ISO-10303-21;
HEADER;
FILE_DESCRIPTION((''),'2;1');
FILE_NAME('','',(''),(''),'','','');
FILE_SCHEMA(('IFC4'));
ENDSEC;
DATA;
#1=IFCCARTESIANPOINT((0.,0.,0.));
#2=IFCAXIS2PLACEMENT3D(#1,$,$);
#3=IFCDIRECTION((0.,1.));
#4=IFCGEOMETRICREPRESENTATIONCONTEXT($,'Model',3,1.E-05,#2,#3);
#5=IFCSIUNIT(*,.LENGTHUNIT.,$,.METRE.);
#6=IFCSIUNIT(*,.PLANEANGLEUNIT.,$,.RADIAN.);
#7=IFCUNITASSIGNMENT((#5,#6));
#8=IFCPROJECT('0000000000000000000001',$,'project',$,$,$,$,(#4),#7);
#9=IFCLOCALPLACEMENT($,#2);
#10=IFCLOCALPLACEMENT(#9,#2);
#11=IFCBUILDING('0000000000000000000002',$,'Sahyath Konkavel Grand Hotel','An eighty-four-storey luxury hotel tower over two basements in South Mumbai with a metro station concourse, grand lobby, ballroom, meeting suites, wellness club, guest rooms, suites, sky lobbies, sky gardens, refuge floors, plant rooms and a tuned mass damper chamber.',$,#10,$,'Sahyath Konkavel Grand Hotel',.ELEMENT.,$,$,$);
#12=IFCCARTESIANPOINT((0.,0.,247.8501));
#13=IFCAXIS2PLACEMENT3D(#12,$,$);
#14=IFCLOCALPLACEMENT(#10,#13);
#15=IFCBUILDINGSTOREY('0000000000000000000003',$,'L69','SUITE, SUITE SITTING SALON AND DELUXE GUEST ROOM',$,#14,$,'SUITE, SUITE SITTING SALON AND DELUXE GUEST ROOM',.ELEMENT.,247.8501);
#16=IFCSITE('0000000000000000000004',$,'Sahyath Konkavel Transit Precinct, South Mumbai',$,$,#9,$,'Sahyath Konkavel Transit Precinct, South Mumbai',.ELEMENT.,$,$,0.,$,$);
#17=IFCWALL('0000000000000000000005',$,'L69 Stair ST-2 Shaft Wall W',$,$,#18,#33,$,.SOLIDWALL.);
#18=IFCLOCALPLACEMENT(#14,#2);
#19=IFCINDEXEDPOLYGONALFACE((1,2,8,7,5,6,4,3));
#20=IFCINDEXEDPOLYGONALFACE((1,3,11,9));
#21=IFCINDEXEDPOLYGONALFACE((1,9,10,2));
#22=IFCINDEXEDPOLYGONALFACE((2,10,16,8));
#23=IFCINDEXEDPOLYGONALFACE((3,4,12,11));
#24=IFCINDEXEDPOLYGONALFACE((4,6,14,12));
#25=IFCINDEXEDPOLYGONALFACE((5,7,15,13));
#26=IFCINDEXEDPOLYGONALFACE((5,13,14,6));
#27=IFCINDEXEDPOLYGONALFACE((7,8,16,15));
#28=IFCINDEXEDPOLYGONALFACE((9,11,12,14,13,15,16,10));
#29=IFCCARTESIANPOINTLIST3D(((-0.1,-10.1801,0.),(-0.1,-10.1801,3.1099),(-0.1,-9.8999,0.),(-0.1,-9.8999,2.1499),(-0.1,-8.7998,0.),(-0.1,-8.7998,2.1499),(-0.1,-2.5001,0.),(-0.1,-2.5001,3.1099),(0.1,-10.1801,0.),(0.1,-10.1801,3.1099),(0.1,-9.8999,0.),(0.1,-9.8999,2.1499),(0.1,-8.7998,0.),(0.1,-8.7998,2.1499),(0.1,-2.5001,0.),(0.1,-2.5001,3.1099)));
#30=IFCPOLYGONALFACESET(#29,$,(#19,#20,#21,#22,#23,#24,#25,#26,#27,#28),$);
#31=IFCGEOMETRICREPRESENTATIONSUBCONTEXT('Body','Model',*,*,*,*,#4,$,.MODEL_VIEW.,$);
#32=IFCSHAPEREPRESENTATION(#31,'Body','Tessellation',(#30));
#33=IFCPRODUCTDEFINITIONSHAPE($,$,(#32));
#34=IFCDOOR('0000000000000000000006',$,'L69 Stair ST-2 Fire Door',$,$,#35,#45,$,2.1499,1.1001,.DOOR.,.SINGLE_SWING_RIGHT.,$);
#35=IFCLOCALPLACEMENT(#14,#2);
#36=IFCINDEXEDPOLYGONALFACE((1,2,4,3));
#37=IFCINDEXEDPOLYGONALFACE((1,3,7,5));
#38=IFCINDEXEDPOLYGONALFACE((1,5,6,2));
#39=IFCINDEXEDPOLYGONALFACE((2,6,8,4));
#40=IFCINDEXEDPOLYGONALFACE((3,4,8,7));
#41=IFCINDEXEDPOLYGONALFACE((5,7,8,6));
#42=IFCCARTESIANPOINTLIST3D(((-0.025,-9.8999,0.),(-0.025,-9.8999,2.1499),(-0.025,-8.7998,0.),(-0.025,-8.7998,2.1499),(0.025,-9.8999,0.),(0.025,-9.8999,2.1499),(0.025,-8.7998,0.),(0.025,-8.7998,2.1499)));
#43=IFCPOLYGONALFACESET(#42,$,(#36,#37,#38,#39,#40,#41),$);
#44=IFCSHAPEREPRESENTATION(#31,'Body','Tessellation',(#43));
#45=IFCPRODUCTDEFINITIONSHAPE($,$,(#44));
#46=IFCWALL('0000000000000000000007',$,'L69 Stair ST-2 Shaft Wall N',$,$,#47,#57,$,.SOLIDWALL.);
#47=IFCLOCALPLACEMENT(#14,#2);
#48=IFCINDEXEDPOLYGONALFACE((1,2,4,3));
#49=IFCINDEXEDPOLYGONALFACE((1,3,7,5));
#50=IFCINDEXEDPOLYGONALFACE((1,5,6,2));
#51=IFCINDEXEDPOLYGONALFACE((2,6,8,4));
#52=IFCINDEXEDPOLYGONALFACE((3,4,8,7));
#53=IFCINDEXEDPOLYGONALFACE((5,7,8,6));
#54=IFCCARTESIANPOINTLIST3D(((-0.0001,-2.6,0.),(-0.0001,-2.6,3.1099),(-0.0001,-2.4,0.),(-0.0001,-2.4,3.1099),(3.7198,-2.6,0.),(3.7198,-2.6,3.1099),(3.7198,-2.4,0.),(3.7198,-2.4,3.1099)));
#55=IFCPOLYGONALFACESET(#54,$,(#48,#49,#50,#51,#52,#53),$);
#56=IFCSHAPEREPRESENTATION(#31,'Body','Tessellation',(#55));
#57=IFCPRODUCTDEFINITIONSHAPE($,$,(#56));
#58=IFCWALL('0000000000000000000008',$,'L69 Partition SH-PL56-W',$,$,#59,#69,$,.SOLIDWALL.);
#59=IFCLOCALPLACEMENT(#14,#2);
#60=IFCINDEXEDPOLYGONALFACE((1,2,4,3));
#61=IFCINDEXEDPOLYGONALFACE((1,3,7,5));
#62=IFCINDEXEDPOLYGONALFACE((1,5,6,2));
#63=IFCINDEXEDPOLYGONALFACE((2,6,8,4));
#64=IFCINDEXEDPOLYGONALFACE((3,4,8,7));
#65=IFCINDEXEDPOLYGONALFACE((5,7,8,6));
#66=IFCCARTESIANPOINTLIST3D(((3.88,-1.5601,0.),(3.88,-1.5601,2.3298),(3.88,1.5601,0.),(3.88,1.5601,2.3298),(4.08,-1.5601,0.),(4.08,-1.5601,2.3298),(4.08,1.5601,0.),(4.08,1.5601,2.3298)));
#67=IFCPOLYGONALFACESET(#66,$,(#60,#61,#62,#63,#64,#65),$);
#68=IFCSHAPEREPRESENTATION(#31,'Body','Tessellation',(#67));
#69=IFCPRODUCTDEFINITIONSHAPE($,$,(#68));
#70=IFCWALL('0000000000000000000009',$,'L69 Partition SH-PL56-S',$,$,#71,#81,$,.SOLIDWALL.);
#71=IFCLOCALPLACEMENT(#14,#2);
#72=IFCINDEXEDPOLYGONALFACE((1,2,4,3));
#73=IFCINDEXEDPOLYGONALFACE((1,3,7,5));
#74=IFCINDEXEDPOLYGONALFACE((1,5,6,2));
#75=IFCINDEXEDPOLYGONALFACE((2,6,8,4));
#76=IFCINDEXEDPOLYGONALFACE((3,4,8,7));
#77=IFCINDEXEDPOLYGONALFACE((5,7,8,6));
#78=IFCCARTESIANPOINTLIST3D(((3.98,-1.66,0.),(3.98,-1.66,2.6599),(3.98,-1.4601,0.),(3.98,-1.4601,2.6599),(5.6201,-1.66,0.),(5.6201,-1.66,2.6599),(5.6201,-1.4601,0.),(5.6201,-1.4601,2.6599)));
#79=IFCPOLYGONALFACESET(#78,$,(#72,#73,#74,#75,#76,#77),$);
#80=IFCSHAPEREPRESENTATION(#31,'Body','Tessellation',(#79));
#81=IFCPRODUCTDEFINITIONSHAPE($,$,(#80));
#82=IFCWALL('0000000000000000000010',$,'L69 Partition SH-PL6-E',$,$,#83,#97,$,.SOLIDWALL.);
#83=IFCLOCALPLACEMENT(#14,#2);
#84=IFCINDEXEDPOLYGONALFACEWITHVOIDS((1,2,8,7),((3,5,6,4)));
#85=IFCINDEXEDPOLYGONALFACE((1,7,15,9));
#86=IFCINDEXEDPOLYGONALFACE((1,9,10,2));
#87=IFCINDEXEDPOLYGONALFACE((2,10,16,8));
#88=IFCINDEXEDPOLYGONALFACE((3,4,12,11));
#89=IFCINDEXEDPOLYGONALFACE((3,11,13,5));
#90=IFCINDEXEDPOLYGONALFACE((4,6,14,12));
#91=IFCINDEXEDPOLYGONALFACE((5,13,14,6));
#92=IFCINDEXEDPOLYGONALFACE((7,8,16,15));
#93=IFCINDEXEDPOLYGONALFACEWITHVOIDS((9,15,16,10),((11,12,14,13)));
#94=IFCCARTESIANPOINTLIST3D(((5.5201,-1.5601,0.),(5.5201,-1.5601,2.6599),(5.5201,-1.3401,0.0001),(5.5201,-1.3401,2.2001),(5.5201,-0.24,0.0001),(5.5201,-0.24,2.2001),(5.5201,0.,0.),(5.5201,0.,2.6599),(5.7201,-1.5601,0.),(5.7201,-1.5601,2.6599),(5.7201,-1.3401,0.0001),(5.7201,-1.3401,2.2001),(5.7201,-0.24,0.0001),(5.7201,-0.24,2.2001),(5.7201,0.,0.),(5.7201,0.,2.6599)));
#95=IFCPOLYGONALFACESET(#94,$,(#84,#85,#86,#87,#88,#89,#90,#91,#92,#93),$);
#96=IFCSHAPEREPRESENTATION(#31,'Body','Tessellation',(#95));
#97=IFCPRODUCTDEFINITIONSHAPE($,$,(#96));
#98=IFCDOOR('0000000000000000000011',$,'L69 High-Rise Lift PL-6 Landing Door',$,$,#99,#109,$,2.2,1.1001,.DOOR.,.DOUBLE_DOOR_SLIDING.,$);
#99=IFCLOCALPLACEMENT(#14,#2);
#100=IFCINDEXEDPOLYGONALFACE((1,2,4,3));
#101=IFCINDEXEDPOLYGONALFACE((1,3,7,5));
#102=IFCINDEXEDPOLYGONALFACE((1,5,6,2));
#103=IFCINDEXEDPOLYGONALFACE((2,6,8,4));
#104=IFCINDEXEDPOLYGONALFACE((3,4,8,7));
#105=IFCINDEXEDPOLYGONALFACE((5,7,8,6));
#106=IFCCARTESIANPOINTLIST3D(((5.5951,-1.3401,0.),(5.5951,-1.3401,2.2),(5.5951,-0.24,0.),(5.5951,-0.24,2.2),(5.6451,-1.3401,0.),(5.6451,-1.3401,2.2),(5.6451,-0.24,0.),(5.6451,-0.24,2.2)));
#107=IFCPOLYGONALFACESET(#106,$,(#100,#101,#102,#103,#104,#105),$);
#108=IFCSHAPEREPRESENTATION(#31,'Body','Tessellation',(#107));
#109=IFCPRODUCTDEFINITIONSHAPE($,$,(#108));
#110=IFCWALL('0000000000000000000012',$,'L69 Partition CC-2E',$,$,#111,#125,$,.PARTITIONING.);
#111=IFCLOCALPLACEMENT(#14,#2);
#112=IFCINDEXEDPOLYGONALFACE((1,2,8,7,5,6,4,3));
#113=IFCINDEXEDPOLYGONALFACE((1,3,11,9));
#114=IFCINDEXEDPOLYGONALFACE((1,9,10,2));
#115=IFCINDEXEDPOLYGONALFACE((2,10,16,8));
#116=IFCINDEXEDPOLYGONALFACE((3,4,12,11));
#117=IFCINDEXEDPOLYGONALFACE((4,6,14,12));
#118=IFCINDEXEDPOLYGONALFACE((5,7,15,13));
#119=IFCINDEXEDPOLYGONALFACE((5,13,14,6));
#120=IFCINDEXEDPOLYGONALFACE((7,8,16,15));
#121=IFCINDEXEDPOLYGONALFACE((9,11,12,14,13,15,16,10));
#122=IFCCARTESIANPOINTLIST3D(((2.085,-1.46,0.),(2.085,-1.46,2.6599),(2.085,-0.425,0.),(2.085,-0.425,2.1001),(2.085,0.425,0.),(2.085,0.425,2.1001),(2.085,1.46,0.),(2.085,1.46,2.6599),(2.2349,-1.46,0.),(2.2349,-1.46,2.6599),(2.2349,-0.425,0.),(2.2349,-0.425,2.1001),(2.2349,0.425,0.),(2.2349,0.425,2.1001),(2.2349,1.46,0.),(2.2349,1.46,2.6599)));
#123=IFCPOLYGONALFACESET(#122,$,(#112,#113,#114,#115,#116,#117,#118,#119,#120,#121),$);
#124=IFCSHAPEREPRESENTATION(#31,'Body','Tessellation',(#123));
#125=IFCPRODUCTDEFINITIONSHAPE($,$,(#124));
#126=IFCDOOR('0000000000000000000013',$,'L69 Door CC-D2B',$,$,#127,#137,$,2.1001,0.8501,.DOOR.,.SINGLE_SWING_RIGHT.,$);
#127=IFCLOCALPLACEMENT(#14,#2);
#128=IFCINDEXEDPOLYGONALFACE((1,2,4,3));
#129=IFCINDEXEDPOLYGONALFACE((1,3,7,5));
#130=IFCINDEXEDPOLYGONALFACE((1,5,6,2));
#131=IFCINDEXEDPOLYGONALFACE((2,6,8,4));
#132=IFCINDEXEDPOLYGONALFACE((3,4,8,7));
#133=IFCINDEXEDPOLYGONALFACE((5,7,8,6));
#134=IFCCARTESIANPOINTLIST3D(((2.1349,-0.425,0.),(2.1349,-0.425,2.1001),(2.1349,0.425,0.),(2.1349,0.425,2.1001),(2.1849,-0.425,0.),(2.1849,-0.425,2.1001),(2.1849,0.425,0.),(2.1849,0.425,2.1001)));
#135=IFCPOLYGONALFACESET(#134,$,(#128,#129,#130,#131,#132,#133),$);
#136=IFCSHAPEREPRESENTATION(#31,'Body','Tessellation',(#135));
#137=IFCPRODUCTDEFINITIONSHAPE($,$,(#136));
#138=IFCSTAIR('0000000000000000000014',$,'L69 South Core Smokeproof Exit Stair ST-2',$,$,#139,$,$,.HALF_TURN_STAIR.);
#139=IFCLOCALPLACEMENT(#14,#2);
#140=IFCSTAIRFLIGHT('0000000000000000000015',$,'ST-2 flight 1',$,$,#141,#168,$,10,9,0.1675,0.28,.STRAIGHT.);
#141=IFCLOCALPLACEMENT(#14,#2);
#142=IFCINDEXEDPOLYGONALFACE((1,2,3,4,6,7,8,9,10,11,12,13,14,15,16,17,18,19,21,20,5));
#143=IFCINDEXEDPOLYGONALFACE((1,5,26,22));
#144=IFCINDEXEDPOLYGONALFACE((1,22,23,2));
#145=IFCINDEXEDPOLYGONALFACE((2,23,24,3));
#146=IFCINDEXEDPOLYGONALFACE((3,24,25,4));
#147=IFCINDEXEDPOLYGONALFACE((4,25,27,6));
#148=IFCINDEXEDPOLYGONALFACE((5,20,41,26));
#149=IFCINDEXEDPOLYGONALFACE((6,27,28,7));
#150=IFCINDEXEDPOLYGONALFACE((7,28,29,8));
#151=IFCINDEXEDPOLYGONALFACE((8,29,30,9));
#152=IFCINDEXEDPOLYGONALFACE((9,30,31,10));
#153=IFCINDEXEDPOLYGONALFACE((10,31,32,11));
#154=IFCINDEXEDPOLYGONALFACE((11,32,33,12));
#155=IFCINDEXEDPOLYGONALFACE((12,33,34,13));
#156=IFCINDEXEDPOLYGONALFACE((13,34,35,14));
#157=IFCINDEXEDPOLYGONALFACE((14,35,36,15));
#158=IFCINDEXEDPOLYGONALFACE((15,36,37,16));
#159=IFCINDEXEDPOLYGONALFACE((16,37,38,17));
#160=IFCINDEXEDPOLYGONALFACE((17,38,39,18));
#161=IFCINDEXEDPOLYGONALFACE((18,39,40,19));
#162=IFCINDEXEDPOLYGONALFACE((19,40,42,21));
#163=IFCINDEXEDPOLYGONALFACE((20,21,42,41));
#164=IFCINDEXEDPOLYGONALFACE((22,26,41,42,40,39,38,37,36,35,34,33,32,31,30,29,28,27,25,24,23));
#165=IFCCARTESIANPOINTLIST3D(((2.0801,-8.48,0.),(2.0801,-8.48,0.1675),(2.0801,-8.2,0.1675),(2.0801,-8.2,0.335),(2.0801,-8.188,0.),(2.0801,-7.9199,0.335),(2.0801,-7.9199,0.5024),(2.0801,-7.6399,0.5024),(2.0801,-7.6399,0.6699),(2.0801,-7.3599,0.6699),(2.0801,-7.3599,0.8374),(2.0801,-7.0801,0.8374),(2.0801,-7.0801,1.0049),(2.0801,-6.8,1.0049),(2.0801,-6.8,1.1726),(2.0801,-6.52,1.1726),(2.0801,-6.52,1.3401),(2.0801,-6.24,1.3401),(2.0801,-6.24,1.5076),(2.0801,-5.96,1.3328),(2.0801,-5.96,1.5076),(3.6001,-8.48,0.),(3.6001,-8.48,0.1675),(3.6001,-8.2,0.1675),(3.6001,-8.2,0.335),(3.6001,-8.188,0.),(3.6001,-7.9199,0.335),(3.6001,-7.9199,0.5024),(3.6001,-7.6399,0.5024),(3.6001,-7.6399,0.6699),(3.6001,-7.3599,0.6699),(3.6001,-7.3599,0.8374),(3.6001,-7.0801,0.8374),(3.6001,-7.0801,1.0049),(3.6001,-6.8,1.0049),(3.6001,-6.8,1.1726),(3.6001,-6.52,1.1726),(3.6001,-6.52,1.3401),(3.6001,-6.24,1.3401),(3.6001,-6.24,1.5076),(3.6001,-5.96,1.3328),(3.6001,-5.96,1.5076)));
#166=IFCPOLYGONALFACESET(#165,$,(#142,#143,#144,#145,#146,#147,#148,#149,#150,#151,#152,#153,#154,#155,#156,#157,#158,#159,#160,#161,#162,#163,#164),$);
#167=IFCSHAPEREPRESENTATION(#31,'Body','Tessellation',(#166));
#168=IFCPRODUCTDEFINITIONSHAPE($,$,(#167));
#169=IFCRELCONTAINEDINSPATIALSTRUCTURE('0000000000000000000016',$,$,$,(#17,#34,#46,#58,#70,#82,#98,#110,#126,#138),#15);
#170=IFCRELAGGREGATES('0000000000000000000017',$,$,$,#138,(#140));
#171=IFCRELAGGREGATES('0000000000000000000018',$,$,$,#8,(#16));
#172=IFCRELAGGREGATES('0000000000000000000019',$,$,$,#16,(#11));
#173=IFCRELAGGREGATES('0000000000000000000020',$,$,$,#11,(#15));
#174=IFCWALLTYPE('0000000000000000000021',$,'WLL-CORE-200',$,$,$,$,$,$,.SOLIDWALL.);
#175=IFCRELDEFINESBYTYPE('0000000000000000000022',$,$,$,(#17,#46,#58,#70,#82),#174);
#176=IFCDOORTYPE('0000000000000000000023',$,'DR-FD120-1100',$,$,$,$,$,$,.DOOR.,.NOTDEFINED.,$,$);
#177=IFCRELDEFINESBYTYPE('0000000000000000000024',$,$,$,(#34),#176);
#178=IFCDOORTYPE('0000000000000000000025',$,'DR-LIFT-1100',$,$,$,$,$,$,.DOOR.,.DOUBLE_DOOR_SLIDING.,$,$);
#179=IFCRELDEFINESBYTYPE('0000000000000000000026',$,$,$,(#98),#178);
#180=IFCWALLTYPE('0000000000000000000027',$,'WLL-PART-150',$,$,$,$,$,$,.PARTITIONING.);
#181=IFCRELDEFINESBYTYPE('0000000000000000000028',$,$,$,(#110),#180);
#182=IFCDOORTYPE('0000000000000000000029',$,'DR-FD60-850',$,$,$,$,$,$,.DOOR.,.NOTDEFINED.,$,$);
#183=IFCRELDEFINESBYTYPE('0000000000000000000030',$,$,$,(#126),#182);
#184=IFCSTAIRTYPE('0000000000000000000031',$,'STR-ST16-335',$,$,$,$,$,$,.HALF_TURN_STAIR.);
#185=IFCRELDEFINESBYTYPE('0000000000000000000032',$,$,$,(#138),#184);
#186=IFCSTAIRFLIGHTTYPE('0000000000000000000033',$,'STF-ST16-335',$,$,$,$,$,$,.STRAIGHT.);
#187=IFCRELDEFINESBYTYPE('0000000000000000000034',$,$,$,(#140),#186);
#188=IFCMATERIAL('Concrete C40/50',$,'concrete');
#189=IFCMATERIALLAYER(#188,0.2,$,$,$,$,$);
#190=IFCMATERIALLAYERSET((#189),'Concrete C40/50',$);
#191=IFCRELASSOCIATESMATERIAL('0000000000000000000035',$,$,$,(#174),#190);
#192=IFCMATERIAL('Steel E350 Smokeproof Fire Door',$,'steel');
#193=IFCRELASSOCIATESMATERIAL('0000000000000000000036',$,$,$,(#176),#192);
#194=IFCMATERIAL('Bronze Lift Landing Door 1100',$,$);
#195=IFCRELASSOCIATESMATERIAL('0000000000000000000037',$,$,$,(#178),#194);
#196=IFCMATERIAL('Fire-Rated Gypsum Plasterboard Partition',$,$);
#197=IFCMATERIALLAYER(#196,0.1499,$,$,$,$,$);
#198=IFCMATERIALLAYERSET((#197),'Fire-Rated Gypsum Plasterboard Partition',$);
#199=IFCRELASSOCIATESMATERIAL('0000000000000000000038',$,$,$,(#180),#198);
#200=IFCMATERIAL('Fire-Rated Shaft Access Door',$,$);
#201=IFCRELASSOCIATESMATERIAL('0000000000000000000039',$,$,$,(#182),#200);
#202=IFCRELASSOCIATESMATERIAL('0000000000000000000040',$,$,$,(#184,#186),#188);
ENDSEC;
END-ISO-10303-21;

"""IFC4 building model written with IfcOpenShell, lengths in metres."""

from ifc_helpers import new_model, si_unit, direction, frame, frame_2d, origin, origin_2d, place, context, subcontext, project, spatial, polyline, rectangle, outline, extrude, source, transform, mapped, material, layer, layer_set, type_object, element, fill, aggregate, save


model = new_model("IFC4")

# Units and contexts
model_context = context("Model", 3, precision=1e-05, world=origin(), true_north=direction((0.0, 1.0)))
body_context = subcontext(model_context, "Body", "Model", "MODEL_VIEW")
ifc_project = project(units=[si_unit("LENGTHUNIT", "METRE"), si_unit("PLANEANGLEUNIT", "RADIAN")], contexts=[model_context])

# Site, building, storey
site_placement = place(None, origin())
site = spatial("IfcSite", under=ifc_project, at=site_placement, Name="Sahyath Konkavel Transit Precinct, South Mumbai", LongName="Sahyath Konkavel Transit Precinct, South Mumbai", CompositionType="ELEMENT", RefElevation=0.0)
building_placement = place(site_placement, origin())
building = spatial("IfcBuilding", under=site, at=building_placement, Name="Sahyath Konkavel Grand Hotel", Description="An eighty-four-storey luxury hotel tower over two basements in South Mumbai with a metro station concourse, grand lobby, ballroom, meeting suites, wellness club, guest rooms, suites, sky lobbies, sky gardens, refuge floors, plant rooms and a tuned mass damper chamber.", LongName="Sahyath Konkavel Grand Hotel", CompositionType="ELEMENT")
storey_placement = place(building_placement, frame((0.0, 0.0, 247.8501)))
storey = spatial("IfcBuildingStorey", under=building, at=storey_placement, Name="L69", Description="SUITE, SUITE SITTING SALON AND DELUXE GUEST ROOM", LongName="SUITE, SUITE SITTING SALON AND DELUXE GUEST ROOM", CompositionType="ELEMENT", Elevation=247.8501)

# Shared definitions
ifc_material_1 = material(Name="Concrete C40/50", Category="concrete")

# Wall, opening, door
ifc_layer_1 = layer(ifc_material_1, 0.2)
ifc_layer_set_1 = layer_set([ifc_layer_1], Name="Concrete C40/50")
wall_type_1 = type_object("IfcWallType", Name="WLL-CORE-200", PredefinedType="SOLIDWALL", material=ifc_layer_set_1)
wall_1_placement = place(storey_placement, frame((0.0, -10.1799, 0.0), z_axis=(0.0, 0.0, 1.0), x_axis=(0.0, 1.0, 0.0)))
wall_1 = element("IfcWall", 1, at=wall_1_placement, inside=storey, type_object=wall_type_1, Name="L69 Stair ST-2 Shaft Wall W", PredefinedType="SOLIDWALL", context=body_context, shape_type="SweptSolid", body=[
    extrude(rectangle(XDim=7.6799, YDim=0.2, at=frame_2d((3.8398, 0.0))), origin(), (0.0, 0.0, 1.0), 3.1099),
])
opening_1_placement = place(wall_1_placement, frame((0.28, 0.0, 0.0)))
opening_1 = element("IfcOpeningElement", 2, at=opening_1_placement, cuts=wall_1, PredefinedType="OPENING", context=body_context, shape_type="SweptSolid", body=[
    extrude(rectangle(XDim=1.1001, YDim=2.1499, at=frame_2d((0.55, 1.075))), frame((0.0, 0.1099, 0.0), z_axis=(0.0, -1.0, 0.0), x_axis=(1.0, 0.0, 0.0)), (0.0, 0.0, 1.0), 0.22),
])
ifc_material_2 = material(Name="Steel E350 Smokeproof Fire Door", Category="steel")
door_type_1 = type_object("IfcDoorType", Name="DR-FD120-1100", OperationType="NOTDEFINED", PredefinedType="DOOR", material=ifc_material_2)
shared_shape_1 = source(origin(), body_context, "Body", "SweptSolid", [
    extrude(rectangle(XDim=1.1001, YDim=0.05, at=origin_2d()), origin(), (0.0, 0.0, 1.0), 2.1499),
])
door_1_placement = place(opening_1_placement, frame((0.55, 0.0, 0.0)))
door_1 = element("IfcDoor", 3, at=door_1_placement, inside=storey, type_object=door_type_1, Name="L69 Stair ST-2 Fire Door", OperationType="SINGLE_SWING_RIGHT", OverallHeight=2.1499, OverallWidth=1.1001, PredefinedType="DOOR", context=body_context, shape_type="MappedRepresentation", body=[
    mapped(shared_shape_1, transform((0.0, 0.0, 0.0), scale=1.0)),
])
fill(opening_1, door_1)

# Walls
wall_2_placement = place(storey_placement, frame((0.0, -2.5, 0.0), z_axis=(0.0, 0.0, 1.0), x_axis=(1.0, 0.0, 0.0)))
element("IfcWall", 4, at=wall_2_placement, inside=storey, type_object=wall_type_1, Name="L69 Stair ST-2 Shaft Wall N", PredefinedType="SOLIDWALL", context=body_context, shape_type="SweptSolid", body=[
    extrude(rectangle(XDim=3.72, YDim=0.2, at=frame_2d((1.8599, 0.0))), origin(), (0.0, 0.0, 1.0), 3.1099),
])
wall_3_placement = place(storey_placement, frame((3.98, -1.5601, 0.0), z_axis=(0.0, 0.0, 1.0), x_axis=(0.0, 1.0, 0.0)))
element("IfcWall", 5, at=wall_3_placement, inside=storey, type_object=wall_type_1, Name="L69 Partition SH-PL56-W", PredefinedType="SOLIDWALL", context=body_context, shape_type="SweptSolid", body=[
    extrude(rectangle(XDim=3.1201, YDim=0.2, at=frame_2d((1.5601, 0.0))), origin(), (0.0, 0.0, 1.0), 2.3298),
])
wall_4_placement = place(storey_placement, frame((3.98, -1.5601, 0.0), z_axis=(0.0, 0.0, 1.0), x_axis=(1.0, 0.0, 0.0)))
element("IfcWall", 6, at=wall_4_placement, inside=storey, type_object=wall_type_1, Name="L69 Partition SH-PL56-S", PredefinedType="SOLIDWALL", context=body_context, shape_type="SweptSolid", body=[
    extrude(rectangle(XDim=1.6401, YDim=0.2, at=frame_2d((0.8201, 0.0))), origin(), (0.0, 0.0, 1.0), 2.6599),
])

# Walls, openings, doors
wall_5_placement = place(storey_placement, frame((5.6201, -1.5601, 0.0), z_axis=(0.0, 0.0, 1.0), x_axis=(0.0, 1.0, 0.0)))
wall_5 = element("IfcWall", 7, at=wall_5_placement, inside=storey, type_object=wall_type_1, Name="L69 Partition SH-PL6-E", PredefinedType="SOLIDWALL", context=body_context, shape_type="SweptSolid", body=[
    extrude(rectangle(XDim=1.5601, YDim=0.2, at=frame_2d((0.78, 0.0))), origin(), (0.0, 0.0, 1.0), 2.6599),
])
opening_2_placement = place(wall_5_placement, frame((0.22, 0.0, 0.0)))
opening_2 = element("IfcOpeningElement", 8, at=opening_2_placement, cuts=wall_5, PredefinedType="OPENING", context=body_context, shape_type="SweptSolid", body=[
    extrude(rectangle(XDim=1.1001, YDim=2.2, at=frame_2d((0.55, 1.1001))), frame((0.0, 0.1099, 0.0), z_axis=(0.0, -1.0, 0.0), x_axis=(1.0, 0.0, 0.0)), (0.0, 0.0, 1.0), 0.22),
])
ifc_material_3 = material(Name="Bronze Lift Landing Door 1100")
door_type_2 = type_object("IfcDoorType", Name="DR-LIFT-1100", OperationType="DOUBLE_DOOR_SLIDING", PredefinedType="DOOR", material=ifc_material_3)
shared_shape_2 = source(origin(), body_context, "Body", "SweptSolid", [
    extrude(rectangle(XDim=1.1001, YDim=0.05, at=origin_2d()), origin(), (0.0, 0.0, 1.0), 2.2),
])
door_2_placement = place(opening_2_placement, frame((0.55, 0.0, 0.0)))
door_2 = element("IfcDoor", 9, at=door_2_placement, inside=storey, type_object=door_type_2, Name="L69 High-Rise Lift PL-6 Landing Door", OperationType="DOUBLE_DOOR_SLIDING", OverallHeight=2.2, OverallWidth=1.1001, PredefinedType="DOOR", context=body_context, shape_type="MappedRepresentation", body=[
    mapped(shared_shape_2, transform((0.0, 0.0, 0.0), scale=1.0)),
])
fill(opening_2, door_2)
ifc_material_4 = material(Name="Fire-Rated Gypsum Plasterboard Partition")
ifc_layer_2 = layer(ifc_material_4, 0.1499)
ifc_layer_set_2 = layer_set([ifc_layer_2], Name="Fire-Rated Gypsum Plasterboard Partition")
wall_type_2 = type_object("IfcWallType", Name="WLL-PART-150", PredefinedType="PARTITIONING", material=ifc_layer_set_2)
wall_6_placement = place(storey_placement, frame((2.1599, -1.46, 0.0), z_axis=(0.0, 0.0, 1.0), x_axis=(0.0, 1.0, 0.0)))
wall_6 = element("IfcWall", 10, at=wall_6_placement, inside=storey, type_object=wall_type_2, Name="L69 Partition CC-2E", PredefinedType="PARTITIONING", context=body_context, shape_type="SweptSolid", body=[
    extrude(rectangle(XDim=2.9199, YDim=0.1499, at=frame_2d((1.46, 0.0))), origin(), (0.0, 0.0, 1.0), 2.6599),
])
opening_3_placement = place(wall_6_placement, frame((1.0349, 0.0, 0.0)))
opening_3 = element("IfcOpeningElement", 11, at=opening_3_placement, cuts=wall_6, PredefinedType="OPENING", context=body_context, shape_type="SweptSolid", body=[
    extrude(rectangle(XDim=0.8501, YDim=2.1001, at=frame_2d((0.425, 1.05))), frame((0.0, 0.085, 0.0), z_axis=(0.0, -1.0, 0.0), x_axis=(1.0, 0.0, 0.0)), (0.0, 0.0, 1.0), 0.1699),
])
ifc_material_5 = material(Name="Fire-Rated Shaft Access Door")
door_type_3 = type_object("IfcDoorType", Name="DR-FD60-850", OperationType="NOTDEFINED", PredefinedType="DOOR", material=ifc_material_5)
shared_shape_3 = source(origin(), body_context, "Body", "SweptSolid", [
    extrude(rectangle(XDim=0.8501, YDim=0.05, at=origin_2d()), origin(), (0.0, 0.0, 1.0), 2.1001),
])
door_3_placement = place(opening_3_placement, frame((0.425, 0.0, 0.0)))
door_3 = element("IfcDoor", 12, at=door_3_placement, inside=storey, type_object=door_type_3, Name="L69 Door CC-D2B", OperationType="SINGLE_SWING_RIGHT", OverallHeight=2.1001, OverallWidth=0.8501, PredefinedType="DOOR", context=body_context, shape_type="MappedRepresentation", body=[
    mapped(shared_shape_3, transform((0.0, 0.0, 0.0), scale=1.0)),
])
fill(opening_3, door_3)

# Stair, stair flight
stair_type = type_object("IfcStairType", Name="STR-ST16-335", PredefinedType="HALF_TURN_STAIR", material=ifc_material_1)
stair_placement = place(storey_placement, origin())
stair = element("IfcStair", 13, at=stair_placement, inside=storey, type_object=stair_type, Name="L69 South Core Smokeproof Exit Stair ST-2", PredefinedType="HALF_TURN_STAIR")
stair_flight_type = type_object("IfcStairFlightType", Name="STF-ST16-335", PredefinedType="STRAIGHT", material=ifc_material_1)
stair_flight_1_placement = place(storey_placement, frame((2.8401, -8.48, 0.0), z_axis=(0.0, 0.0, 1.0), x_axis=(0.0, 1.0, 0.0)))
stair_flight_1 = element("IfcStairFlight", 14, at=stair_flight_1_placement, type_object=stair_flight_type, Name="ST-2 flight 1", NumberOfRisers=10, NumberOfTreads=9, PredefinedType="STRAIGHT", RiserHeight=0.1675, TreadLength=0.28, context=body_context, shape_type="SweptSolid", body=[
    extrude(outline(polyline([(0.0, 0.0), (0.0, 0.1675), (0.28, 0.1675), (0.28, 0.335), (0.5601, 0.335), (0.5601, 0.5024), (0.8401, 0.5024), (0.8401, 0.6699), (1.1201, 0.6699), (1.1201, 0.8374), (1.3999, 0.8374), (1.3999, 1.0049), (1.6799, 1.0049), (1.6799, 1.1726), (1.96, 1.1726), (1.96, 1.3401), (2.24, 1.3401), (2.24, 1.5076), (2.52, 1.5076), (2.52, 1.675), (2.52, 1.3328), (0.292, 0.0), (0.0, 0.0)])), frame((0.0, 0.76, 0.0), z_axis=(0.0, -1.0, 0.0), x_axis=(1.0, 0.0, 0.0)), (0.0, 0.0, 1.0), 1.52),
])
aggregate(stair, [stair_flight_1])

save(model, "model.ifc")
